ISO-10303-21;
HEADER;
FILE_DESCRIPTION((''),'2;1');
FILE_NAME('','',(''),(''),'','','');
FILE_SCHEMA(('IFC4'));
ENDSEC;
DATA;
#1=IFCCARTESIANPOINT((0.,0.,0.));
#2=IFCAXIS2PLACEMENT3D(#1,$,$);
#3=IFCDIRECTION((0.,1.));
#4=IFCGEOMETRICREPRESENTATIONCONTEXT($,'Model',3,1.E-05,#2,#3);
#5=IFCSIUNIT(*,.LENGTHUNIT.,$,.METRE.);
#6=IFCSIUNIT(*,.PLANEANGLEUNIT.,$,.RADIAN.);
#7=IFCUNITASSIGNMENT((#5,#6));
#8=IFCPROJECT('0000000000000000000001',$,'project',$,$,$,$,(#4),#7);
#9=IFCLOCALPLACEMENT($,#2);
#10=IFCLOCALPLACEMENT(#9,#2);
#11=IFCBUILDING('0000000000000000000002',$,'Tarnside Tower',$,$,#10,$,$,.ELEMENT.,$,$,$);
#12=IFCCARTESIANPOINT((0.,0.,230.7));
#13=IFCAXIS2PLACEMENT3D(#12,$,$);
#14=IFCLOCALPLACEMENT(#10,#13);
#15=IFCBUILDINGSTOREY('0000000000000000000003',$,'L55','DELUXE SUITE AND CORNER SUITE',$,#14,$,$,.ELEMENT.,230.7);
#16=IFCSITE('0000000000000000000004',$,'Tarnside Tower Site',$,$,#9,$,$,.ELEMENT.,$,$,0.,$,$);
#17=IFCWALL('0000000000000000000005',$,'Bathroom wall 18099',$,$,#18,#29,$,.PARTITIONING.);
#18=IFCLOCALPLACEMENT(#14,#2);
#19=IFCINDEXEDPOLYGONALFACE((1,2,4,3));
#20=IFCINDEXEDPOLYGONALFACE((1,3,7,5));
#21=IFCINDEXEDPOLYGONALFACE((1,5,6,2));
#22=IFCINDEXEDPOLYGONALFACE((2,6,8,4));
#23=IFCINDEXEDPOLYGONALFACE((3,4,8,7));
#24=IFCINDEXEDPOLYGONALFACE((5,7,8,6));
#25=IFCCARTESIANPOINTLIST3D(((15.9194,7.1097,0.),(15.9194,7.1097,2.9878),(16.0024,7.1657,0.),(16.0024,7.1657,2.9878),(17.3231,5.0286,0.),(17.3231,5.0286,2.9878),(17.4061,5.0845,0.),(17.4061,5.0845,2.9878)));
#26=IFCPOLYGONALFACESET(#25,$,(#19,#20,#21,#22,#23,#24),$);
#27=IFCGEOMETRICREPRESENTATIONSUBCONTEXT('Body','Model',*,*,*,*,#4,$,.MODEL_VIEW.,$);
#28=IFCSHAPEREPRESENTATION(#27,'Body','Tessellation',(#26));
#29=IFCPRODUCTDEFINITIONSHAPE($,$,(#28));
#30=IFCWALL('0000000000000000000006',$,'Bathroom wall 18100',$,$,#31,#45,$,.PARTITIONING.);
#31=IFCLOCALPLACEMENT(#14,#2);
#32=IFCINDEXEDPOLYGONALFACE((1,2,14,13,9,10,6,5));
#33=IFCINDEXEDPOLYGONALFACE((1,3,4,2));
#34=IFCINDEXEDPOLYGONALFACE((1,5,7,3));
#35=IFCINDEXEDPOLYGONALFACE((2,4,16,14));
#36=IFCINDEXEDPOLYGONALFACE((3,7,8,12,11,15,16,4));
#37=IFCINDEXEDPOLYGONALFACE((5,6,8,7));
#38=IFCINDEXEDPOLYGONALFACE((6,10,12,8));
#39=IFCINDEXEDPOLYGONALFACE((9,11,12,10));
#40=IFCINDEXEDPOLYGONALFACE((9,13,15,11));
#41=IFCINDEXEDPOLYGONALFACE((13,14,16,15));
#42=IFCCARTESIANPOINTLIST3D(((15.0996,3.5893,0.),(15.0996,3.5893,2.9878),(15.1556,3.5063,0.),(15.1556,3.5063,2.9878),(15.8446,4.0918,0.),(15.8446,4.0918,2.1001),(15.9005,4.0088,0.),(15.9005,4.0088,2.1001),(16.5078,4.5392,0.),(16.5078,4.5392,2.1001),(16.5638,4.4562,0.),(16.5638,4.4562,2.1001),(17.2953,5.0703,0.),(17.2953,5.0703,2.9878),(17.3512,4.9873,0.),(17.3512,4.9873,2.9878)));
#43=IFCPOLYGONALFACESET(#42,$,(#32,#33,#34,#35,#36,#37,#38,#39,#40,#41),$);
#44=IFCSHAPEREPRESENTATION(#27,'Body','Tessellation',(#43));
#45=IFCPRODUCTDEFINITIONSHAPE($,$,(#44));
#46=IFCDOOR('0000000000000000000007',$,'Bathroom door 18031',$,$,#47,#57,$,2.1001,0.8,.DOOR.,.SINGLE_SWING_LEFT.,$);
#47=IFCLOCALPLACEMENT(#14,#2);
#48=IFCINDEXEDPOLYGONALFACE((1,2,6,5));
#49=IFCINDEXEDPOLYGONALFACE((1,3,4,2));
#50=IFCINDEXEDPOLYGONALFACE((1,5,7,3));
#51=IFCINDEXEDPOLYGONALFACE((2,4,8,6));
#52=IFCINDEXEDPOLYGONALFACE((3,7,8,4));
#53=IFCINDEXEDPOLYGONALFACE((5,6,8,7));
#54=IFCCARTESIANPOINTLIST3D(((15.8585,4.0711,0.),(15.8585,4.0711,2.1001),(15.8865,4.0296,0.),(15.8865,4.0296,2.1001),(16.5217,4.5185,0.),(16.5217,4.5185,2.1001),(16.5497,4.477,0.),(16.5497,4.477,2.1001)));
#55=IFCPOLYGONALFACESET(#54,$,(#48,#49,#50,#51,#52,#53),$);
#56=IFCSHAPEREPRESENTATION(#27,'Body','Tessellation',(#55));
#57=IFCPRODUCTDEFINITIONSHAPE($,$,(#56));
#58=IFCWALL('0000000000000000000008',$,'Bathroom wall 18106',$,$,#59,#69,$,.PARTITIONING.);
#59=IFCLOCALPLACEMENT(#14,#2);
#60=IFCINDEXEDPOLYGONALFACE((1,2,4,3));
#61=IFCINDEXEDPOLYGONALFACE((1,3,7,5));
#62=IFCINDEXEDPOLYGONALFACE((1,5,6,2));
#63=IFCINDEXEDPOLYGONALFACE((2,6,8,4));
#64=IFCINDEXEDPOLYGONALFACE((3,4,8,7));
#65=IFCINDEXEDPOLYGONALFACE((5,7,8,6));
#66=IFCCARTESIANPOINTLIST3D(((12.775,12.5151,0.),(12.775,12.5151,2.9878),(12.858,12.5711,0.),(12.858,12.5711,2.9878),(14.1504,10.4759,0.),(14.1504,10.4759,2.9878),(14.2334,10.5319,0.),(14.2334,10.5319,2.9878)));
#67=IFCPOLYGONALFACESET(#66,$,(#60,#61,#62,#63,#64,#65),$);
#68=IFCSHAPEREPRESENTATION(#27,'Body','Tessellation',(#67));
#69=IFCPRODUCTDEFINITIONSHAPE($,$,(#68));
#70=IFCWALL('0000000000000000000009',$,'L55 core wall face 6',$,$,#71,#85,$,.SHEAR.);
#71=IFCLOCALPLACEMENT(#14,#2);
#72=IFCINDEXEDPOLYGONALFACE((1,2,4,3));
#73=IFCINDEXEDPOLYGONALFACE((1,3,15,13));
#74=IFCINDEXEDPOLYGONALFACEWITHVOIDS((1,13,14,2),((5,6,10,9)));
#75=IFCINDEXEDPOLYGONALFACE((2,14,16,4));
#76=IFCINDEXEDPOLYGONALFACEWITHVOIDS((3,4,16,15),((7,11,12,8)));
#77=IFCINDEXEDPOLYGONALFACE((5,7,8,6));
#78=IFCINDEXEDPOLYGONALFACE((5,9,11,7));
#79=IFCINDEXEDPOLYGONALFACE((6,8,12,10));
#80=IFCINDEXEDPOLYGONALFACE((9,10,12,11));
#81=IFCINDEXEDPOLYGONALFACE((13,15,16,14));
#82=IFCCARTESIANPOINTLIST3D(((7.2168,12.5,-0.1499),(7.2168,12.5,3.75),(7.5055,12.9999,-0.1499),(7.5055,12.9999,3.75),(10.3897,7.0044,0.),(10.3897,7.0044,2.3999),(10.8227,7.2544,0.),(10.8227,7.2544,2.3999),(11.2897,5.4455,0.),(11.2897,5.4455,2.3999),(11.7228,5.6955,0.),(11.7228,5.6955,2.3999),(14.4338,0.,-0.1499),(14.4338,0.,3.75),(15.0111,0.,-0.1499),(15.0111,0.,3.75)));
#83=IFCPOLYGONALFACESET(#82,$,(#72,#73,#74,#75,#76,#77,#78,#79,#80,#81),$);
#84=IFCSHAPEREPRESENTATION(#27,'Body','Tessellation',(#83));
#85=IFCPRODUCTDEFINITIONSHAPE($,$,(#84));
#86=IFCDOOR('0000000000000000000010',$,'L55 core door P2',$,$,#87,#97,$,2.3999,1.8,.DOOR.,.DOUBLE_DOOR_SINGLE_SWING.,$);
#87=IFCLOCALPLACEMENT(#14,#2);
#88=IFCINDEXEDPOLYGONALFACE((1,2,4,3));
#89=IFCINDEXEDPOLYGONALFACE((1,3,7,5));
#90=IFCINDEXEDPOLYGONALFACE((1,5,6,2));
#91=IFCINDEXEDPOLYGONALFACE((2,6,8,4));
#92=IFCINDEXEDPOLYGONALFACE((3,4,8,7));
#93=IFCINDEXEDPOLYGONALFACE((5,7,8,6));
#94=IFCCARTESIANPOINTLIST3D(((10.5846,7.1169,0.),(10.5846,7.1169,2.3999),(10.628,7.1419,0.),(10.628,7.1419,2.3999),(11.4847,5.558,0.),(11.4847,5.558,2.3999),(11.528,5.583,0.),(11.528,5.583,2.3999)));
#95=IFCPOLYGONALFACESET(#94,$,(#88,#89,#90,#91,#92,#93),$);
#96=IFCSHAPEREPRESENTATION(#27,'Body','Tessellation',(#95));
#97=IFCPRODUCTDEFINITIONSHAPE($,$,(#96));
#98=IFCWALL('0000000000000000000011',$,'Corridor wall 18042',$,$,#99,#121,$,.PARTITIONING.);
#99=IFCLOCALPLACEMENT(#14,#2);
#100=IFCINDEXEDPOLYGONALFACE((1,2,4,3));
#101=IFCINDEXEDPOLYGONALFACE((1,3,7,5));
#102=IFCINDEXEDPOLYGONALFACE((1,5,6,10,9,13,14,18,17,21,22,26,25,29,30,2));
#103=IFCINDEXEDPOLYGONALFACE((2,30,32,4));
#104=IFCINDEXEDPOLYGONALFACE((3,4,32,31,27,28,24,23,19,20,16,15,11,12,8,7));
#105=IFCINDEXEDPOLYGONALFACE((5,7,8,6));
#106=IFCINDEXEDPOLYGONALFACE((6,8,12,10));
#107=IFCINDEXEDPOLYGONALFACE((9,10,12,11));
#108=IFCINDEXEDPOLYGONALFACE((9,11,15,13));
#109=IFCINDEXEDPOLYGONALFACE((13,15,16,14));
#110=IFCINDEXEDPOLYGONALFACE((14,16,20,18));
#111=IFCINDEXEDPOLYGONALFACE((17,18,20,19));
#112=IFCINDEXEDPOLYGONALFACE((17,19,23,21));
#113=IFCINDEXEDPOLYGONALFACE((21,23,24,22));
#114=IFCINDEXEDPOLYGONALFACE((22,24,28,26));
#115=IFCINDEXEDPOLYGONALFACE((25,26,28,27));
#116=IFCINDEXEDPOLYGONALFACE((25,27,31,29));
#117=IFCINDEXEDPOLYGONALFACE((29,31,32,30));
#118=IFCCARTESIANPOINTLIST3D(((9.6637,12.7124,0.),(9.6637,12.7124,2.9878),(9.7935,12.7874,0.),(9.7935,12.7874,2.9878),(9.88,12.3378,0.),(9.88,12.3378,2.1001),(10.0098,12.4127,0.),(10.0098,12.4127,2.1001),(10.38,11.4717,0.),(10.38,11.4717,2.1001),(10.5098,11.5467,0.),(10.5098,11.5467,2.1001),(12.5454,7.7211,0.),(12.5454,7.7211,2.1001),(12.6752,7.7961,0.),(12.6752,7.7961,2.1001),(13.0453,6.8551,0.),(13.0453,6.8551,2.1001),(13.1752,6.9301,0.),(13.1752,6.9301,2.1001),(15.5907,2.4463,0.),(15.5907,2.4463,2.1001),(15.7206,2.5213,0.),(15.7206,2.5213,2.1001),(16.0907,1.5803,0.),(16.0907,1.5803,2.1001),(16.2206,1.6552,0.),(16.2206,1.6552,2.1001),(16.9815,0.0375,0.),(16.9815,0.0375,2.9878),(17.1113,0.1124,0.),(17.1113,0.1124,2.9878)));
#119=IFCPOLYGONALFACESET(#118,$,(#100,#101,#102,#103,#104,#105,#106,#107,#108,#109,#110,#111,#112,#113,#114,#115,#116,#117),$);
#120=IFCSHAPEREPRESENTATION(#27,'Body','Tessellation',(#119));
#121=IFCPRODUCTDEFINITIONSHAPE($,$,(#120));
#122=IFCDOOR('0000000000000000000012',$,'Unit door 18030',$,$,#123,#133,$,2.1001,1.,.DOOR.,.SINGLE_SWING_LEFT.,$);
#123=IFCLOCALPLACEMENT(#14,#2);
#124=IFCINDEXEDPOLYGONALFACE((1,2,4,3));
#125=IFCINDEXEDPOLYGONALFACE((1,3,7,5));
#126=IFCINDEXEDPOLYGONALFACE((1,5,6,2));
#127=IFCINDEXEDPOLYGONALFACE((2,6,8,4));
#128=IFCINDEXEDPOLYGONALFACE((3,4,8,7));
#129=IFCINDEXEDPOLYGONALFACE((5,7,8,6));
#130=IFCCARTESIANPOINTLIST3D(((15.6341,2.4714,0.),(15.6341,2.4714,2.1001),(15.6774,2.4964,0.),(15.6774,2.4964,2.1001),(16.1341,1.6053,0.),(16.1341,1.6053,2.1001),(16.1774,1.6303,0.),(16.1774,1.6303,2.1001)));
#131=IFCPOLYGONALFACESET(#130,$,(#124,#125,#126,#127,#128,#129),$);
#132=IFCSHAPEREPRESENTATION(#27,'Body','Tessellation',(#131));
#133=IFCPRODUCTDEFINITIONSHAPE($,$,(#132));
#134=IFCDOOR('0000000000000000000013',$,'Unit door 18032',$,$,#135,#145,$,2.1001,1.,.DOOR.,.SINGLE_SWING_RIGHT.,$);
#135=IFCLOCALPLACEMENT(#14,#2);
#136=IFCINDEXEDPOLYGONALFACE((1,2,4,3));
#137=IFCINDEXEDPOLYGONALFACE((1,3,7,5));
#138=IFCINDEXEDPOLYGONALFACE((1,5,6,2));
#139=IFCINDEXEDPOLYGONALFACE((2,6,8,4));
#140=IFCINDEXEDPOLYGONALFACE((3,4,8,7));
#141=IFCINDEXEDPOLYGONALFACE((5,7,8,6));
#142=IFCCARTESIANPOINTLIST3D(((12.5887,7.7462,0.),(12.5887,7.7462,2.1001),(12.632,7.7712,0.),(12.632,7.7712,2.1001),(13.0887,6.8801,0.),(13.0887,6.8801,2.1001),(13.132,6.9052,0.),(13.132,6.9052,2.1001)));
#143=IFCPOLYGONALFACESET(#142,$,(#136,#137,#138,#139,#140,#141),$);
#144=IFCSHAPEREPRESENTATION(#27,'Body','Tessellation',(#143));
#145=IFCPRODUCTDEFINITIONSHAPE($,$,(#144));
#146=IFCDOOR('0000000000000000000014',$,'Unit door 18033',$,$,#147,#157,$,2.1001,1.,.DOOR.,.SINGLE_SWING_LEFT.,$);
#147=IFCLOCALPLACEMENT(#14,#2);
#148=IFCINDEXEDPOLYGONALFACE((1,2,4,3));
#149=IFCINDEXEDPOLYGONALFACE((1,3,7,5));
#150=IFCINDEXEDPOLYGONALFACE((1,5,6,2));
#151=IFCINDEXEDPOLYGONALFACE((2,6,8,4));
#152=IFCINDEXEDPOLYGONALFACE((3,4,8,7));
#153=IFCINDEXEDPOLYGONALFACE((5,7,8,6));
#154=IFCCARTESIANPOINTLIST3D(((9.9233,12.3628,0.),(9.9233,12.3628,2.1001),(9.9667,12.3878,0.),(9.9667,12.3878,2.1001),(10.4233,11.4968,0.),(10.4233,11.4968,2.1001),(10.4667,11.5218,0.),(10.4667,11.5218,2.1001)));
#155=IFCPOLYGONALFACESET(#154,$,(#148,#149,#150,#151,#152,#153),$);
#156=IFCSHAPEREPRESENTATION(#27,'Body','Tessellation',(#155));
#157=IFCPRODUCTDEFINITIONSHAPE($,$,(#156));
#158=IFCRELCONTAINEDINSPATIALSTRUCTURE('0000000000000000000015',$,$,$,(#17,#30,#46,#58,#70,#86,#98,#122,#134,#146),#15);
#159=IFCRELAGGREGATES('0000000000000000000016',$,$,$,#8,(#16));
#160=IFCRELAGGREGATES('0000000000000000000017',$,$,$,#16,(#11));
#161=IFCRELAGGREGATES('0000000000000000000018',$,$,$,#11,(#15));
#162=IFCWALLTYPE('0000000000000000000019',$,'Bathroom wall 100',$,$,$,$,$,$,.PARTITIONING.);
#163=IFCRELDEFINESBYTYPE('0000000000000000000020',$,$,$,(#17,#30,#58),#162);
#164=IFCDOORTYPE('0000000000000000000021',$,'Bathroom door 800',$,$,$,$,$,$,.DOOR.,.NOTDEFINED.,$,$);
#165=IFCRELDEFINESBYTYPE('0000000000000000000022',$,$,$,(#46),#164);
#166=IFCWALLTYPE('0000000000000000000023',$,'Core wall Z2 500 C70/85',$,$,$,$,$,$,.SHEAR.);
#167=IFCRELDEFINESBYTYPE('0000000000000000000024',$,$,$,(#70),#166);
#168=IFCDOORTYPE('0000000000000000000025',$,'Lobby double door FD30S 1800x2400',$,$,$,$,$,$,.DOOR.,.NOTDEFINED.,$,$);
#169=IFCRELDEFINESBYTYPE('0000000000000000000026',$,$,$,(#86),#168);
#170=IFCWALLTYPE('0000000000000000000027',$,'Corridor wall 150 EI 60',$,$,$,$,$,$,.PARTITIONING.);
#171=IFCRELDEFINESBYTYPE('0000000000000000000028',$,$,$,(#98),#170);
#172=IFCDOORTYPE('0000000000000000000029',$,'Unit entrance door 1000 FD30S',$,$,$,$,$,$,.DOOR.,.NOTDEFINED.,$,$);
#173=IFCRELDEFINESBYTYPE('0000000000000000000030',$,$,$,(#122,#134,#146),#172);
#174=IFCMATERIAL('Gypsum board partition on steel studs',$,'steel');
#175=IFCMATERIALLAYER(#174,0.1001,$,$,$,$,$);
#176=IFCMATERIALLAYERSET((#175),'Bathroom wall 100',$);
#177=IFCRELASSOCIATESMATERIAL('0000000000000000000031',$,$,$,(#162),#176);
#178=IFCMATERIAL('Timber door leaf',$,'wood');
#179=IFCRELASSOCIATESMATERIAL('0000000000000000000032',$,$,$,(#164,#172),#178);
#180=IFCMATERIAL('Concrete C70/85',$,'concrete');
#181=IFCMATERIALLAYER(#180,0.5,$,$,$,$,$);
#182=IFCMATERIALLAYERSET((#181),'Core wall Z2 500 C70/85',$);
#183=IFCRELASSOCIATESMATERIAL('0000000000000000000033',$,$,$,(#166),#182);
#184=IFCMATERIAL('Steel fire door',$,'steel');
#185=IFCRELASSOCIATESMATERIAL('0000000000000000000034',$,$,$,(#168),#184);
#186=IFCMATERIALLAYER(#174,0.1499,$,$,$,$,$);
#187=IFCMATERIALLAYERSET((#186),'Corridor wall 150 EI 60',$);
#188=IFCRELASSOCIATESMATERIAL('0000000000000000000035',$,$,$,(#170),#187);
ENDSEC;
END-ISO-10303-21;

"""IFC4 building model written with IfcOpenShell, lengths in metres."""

from ifc_helpers import new_model, si_unit, direction, frame, frame_2d, origin, place, context, subcontext, project, spatial, polyline, rectangle, outline, extrude, material, layer, layer_set, type_object, element, fill, save


model = new_model("IFC4")

# Units and contexts
model_context = context("Model", 3, precision=1e-05, world=origin(), true_north=direction((0.0, 1.0)))
body_context = subcontext(model_context, "Body", "Model", "MODEL_VIEW")
ifc_project = project(units=[si_unit("LENGTHUNIT", "METRE"), si_unit("PLANEANGLEUNIT", "RADIAN")], contexts=[model_context])

# Site, building, storey
site_placement = place(None, origin())
site = spatial("IfcSite", under=ifc_project, at=site_placement, Name="Tarnside Tower Site", CompositionType="ELEMENT", RefElevation=0.0)
building_placement = place(site_placement, origin())
building = spatial("IfcBuilding", under=site, at=building_placement, Name="Tarnside Tower", CompositionType="ELEMENT")
storey_placement = place(building_placement, frame((0.0, 0.0, 230.7)))
storey = spatial("IfcBuildingStorey", under=building, at=storey_placement, Name="L55", Description="DELUXE SUITE AND CORNER SUITE", CompositionType="ELEMENT", Elevation=230.7)

# Wall
ifc_material_1 = material(Name="Gypsum board partition on steel studs", Category="steel")
ifc_layer_1 = layer(ifc_material_1, 0.1001)
ifc_layer_set_1 = layer_set([ifc_layer_1], Name="Bathroom wall 100")
wall_type_1 = type_object("IfcWallType", Name="Bathroom wall 100", PredefinedType="PARTITIONING", material=ifc_layer_set_1)
wall_1_placement = place(storey_placement, frame((15.9609, 7.1377, 0.0), z_axis=(0.0, 0.0, 1.0), x_axis=(0.559159, -0.829061, 0.0)))
element("IfcWall", 1, at=wall_1_placement, inside=storey, type_object=wall_type_1, Name="Bathroom wall 18099", PredefinedType="PARTITIONING", context=body_context, shape_type="SweptSolid", body=[
    extrude(rectangle(XDim=2.5103, YDim=0.1001, at=frame_2d((1.2551, 0.0))), origin(), (0.0, 0.0, 1.0), 2.9878),
])

# Wall, opening, door
wall_2_placement = place(storey_placement, frame((17.3232, 5.0288, 0.0), z_axis=(0.0, 0.0, 1.0), x_axis=(-0.829031, -0.559202, 0.0)))
wall_2 = element("IfcWall", 2, at=wall_2_placement, inside=storey, type_object=wall_type_1, Name="Bathroom wall 18100", PredefinedType="PARTITIONING", context=body_context, shape_type="SweptSolid", body=[
    extrude(rectangle(XDim=2.6484, YDim=0.1001, at=frame_2d((1.3242, 0.0))), origin(), (0.0, 0.0, 1.0), 2.9878),
])
opening_1_placement = place(wall_2_placement, frame((0.95, 0.0, 0.0)))
opening_1 = element("IfcOpeningElement", 3, at=opening_1_placement, cuts=wall_2, PredefinedType="OPENING", context=body_context, shape_type="SweptSolid", body=[
    extrude(rectangle(XDim=0.8, YDim=2.1001, at=frame_2d((0.3999, 1.05))), frame((0.0, 0.0601, 0.0), z_axis=(0.0, -1.0, 0.0), x_axis=(1.0, 0.0, 0.0)), (0.0, 0.0, 1.0), 0.1201),
])
ifc_material_2 = material(Name="Timber door leaf", Category="wood")
door_type_1 = type_object("IfcDoorType", Name="Bathroom door 800", OperationType="NOTDEFINED", PredefinedType="DOOR", material=ifc_material_2)
door_1_placement = place(opening_1_placement, origin())
door_1 = element("IfcDoor", 4, at=door_1_placement, inside=storey, type_object=door_type_1, Name="Bathroom door 18031", OperationType="SINGLE_SWING_LEFT", OverallHeight=2.1001, OverallWidth=0.8, PredefinedType="DOOR", context=body_context, shape_type="SweptSolid", body=[
    extrude(rectangle(XDim=0.8, YDim=2.1001, at=frame_2d((0.3999, 1.05))), frame((0.0, 0.0249, 0.0), z_axis=(0.0, -1.0, 0.0), x_axis=(1.0, 0.0, 0.0)), (0.0, 0.0, 1.0), 0.05),
])
fill(opening_1, door_1)

# Wall
wall_3_placement = place(storey_placement, frame((12.8164, 12.5432, 0.0), z_axis=(0.0, 0.0, 1.0), x_axis=(0.559181, -0.829045, 0.0)))
element("IfcWall", 5, at=wall_3_placement, inside=storey, type_object=wall_type_1, Name="Bathroom wall 18106", PredefinedType="PARTITIONING", context=body_context, shape_type="SweptSolid", body=[
    extrude(rectangle(XDim=2.4597, YDim=0.1001, at=frame_2d((1.23, 0.0))), origin(), (0.0, 0.0, 1.0), 2.9878),
])

# Wall, opening, door
ifc_material_3 = material(Name="Concrete C70/85", Category="concrete")
ifc_layer_2 = layer(ifc_material_3, 0.5)
ifc_layer_set_2 = layer_set([ifc_layer_2], Name="Core wall Z2 500 C70/85")
wall_type_2 = type_object("IfcWallType", Name="Core wall Z2 500 C70/85", PredefinedType="SHEAR", material=ifc_layer_set_2)
wall_4_placement = place(storey_placement, frame((14.7224, 0.0, -0.1499), z_axis=(0.0, 0.0, 1.0), x_axis=(-0.500006, 0.866022, 0.0)))
wall_4 = element("IfcWall", 6, at=wall_4_placement, inside=storey, type_object=wall_type_2, Name="L55 core wall face 6", PredefinedType="SHEAR", context=body_context, shape_type="SweptSolid", body=[
    extrude(outline(polyline([(-0.1443, -0.25), (14.8667, -0.25), (14.5781, 0.25), (0.1443, 0.25), (-0.1443, -0.25)])), origin(), (0.0, 0.0, 1.0), 3.8999),
])
opening_2_placement = place(wall_4_placement, frame((6.4324, 0.0, 0.1499)))
opening_2 = element("IfcOpeningElement", 7, at=opening_2_placement, cuts=wall_4, PredefinedType="OPENING", context=body_context, shape_type="SweptSolid", body=[
    extrude(rectangle(XDim=1.8, YDim=2.3999, at=frame_2d((0.8999, 1.2))), frame((0.0, 0.26, 0.0), z_axis=(0.0, -1.0, 0.0), x_axis=(1.0, 0.0, 0.0)), (0.0, 0.0, 1.0), 0.52),
])
ifc_material_4 = material(Name="Steel fire door", Category="steel")
door_type_2 = type_object("IfcDoorType", Name="Lobby double door FD30S 1800x2400", OperationType="NOTDEFINED", PredefinedType="DOOR", material=ifc_material_4)
door_2_placement = place(opening_2_placement, origin())
door_2 = element("IfcDoor", 8, at=door_2_placement, inside=storey, type_object=door_type_2, Name="L55 core door P2", OperationType="DOUBLE_DOOR_SINGLE_SWING", OverallHeight=2.3999, OverallWidth=1.8, PredefinedType="DOOR", context=body_context, shape_type="SweptSolid", body=[
    extrude(rectangle(XDim=1.8, YDim=2.3999, at=frame_2d((0.8999, 1.2))), frame((0.0, 0.0249, 0.0), z_axis=(0.0, -1.0, 0.0), x_axis=(1.0, 0.0, 0.0)), (0.0, 0.0, 1.0), 0.05),
])
fill(opening_2, door_2)

# Wall, openings, doors
ifc_layer_3 = layer(ifc_material_1, 0.1499)
ifc_layer_set_3 = layer_set([ifc_layer_3], Name="Corridor wall 150 EI 60")
wall_type_3 = type_object("IfcWallType", Name="Corridor wall 150 EI 60", PredefinedType="PARTITIONING", material=ifc_layer_set_3)
wall_5_placement = place(storey_placement, frame((17.0464, 0.075, 0.0), z_axis=(0.0, 0.0, 1.0), x_axis=(-0.499996, 0.866028, 0.0)))
wall_5 = element("IfcWall", 9, at=wall_5_placement, inside=storey, type_object=wall_type_3, Name="Corridor wall 18042", PredefinedType="PARTITIONING", context=body_context, shape_type="SweptSolid", body=[
    extrude(rectangle(XDim=14.6357, YDim=0.1499, at=frame_2d((7.3179, 0.0))), origin(), (0.0, 0.0, 1.0), 2.9878),
])
opening_3_placement = place(wall_5_placement, frame((1.7815, 0.0, 0.0)))
opening_3 = element("IfcOpeningElement", 10, at=opening_3_placement, cuts=wall_5, PredefinedType="OPENING", context=body_context, shape_type="SweptSolid", body=[
    extrude(rectangle(XDim=1.0, YDim=2.1001, at=frame_2d((0.5, 1.05))), frame((0.0, 0.085, 0.0), z_axis=(0.0, -1.0, 0.0), x_axis=(1.0, 0.0, 0.0)), (0.0, 0.0, 1.0), 0.1699),
])
opening_4_placement = place(wall_5_placement, frame((7.8723, 0.0, 0.0)))
opening_4 = element("IfcOpeningElement", 11, at=opening_4_placement, cuts=wall_5, PredefinedType="OPENING", context=body_context, shape_type="SweptSolid", body=[
    extrude(rectangle(XDim=1.0, YDim=2.1001, at=frame_2d((0.5, 1.05))), frame((0.0, 0.085, 0.0), z_axis=(0.0, -1.0, 0.0), x_axis=(1.0, 0.0, 0.0)), (0.0, 0.0, 1.0), 0.1699),
])
opening_5_placement = place(wall_5_placement, frame((13.2031, 0.0, 0.0)))
opening_5 = element("IfcOpeningElement", 12, at=opening_5_placement, cuts=wall_5, PredefinedType="OPENING", context=body_context, shape_type="SweptSolid", body=[
    extrude(rectangle(XDim=1.0, YDim=2.1001, at=frame_2d((0.5, 1.05))), frame((0.0, 0.085, 0.0), z_axis=(0.0, -1.0, 0.0), x_axis=(1.0, 0.0, 0.0)), (0.0, 0.0, 1.0), 0.1699),
])
door_type_3 = type_object("IfcDoorType", Name="Unit entrance door 1000 FD30S", OperationType="NOTDEFINED", PredefinedType="DOOR", material=ifc_material_2)
door_3_placement = place(opening_3_placement, origin())
door_3 = element("IfcDoor", 13, at=door_3_placement, inside=storey, type_object=door_type_3, Name="Unit door 18030", OperationType="SINGLE_SWING_LEFT", OverallHeight=2.1001, OverallWidth=1.0, PredefinedType="DOOR", context=body_context, shape_type="SweptSolid", body=[
    extrude(rectangle(XDim=1.0, YDim=2.1001, at=frame_2d((0.5, 1.05))), frame((0.0, 0.0249, 0.0), z_axis=(0.0, -1.0, 0.0), x_axis=(1.0, 0.0, 0.0)), (0.0, 0.0, 1.0), 0.05),
])
fill(opening_3, door_3)
door_4_placement = place(opening_4_placement, origin())
door_4 = element("IfcDoor", 14, at=door_4_placement, inside=storey, type_object=door_type_3, Name="Unit door 18032", OperationType="SINGLE_SWING_RIGHT", OverallHeight=2.1001, OverallWidth=1.0, PredefinedType="DOOR", context=body_context, shape_type="SweptSolid", body=[
    extrude(rectangle(XDim=1.0, YDim=2.1001, at=frame_2d((0.5, 1.05))), frame((0.0, 0.0249, 0.0), z_axis=(0.0, -1.0, 0.0), x_axis=(1.0, 0.0, 0.0)), (0.0, 0.0, 1.0), 0.05),
])
fill(opening_4, door_4)
door_5_placement = place(opening_5_placement, origin())
door_5 = element("IfcDoor", 15, at=door_5_placement, inside=storey, type_object=door_type_3, Name="Unit door 18033", OperationType="SINGLE_SWING_LEFT", OverallHeight=2.1001, OverallWidth=1.0, PredefinedType="DOOR", context=body_context, shape_type="SweptSolid", body=[
    extrude(rectangle(XDim=1.0, YDim=2.1001, at=frame_2d((0.5, 1.05))), frame((0.0, 0.0249, 0.0), z_axis=(0.0, -1.0, 0.0), x_axis=(1.0, 0.0, 0.0)), (0.0, 0.0, 1.0), 0.05),
])
fill(opening_5, door_5)

save(model, "model.ifc")
